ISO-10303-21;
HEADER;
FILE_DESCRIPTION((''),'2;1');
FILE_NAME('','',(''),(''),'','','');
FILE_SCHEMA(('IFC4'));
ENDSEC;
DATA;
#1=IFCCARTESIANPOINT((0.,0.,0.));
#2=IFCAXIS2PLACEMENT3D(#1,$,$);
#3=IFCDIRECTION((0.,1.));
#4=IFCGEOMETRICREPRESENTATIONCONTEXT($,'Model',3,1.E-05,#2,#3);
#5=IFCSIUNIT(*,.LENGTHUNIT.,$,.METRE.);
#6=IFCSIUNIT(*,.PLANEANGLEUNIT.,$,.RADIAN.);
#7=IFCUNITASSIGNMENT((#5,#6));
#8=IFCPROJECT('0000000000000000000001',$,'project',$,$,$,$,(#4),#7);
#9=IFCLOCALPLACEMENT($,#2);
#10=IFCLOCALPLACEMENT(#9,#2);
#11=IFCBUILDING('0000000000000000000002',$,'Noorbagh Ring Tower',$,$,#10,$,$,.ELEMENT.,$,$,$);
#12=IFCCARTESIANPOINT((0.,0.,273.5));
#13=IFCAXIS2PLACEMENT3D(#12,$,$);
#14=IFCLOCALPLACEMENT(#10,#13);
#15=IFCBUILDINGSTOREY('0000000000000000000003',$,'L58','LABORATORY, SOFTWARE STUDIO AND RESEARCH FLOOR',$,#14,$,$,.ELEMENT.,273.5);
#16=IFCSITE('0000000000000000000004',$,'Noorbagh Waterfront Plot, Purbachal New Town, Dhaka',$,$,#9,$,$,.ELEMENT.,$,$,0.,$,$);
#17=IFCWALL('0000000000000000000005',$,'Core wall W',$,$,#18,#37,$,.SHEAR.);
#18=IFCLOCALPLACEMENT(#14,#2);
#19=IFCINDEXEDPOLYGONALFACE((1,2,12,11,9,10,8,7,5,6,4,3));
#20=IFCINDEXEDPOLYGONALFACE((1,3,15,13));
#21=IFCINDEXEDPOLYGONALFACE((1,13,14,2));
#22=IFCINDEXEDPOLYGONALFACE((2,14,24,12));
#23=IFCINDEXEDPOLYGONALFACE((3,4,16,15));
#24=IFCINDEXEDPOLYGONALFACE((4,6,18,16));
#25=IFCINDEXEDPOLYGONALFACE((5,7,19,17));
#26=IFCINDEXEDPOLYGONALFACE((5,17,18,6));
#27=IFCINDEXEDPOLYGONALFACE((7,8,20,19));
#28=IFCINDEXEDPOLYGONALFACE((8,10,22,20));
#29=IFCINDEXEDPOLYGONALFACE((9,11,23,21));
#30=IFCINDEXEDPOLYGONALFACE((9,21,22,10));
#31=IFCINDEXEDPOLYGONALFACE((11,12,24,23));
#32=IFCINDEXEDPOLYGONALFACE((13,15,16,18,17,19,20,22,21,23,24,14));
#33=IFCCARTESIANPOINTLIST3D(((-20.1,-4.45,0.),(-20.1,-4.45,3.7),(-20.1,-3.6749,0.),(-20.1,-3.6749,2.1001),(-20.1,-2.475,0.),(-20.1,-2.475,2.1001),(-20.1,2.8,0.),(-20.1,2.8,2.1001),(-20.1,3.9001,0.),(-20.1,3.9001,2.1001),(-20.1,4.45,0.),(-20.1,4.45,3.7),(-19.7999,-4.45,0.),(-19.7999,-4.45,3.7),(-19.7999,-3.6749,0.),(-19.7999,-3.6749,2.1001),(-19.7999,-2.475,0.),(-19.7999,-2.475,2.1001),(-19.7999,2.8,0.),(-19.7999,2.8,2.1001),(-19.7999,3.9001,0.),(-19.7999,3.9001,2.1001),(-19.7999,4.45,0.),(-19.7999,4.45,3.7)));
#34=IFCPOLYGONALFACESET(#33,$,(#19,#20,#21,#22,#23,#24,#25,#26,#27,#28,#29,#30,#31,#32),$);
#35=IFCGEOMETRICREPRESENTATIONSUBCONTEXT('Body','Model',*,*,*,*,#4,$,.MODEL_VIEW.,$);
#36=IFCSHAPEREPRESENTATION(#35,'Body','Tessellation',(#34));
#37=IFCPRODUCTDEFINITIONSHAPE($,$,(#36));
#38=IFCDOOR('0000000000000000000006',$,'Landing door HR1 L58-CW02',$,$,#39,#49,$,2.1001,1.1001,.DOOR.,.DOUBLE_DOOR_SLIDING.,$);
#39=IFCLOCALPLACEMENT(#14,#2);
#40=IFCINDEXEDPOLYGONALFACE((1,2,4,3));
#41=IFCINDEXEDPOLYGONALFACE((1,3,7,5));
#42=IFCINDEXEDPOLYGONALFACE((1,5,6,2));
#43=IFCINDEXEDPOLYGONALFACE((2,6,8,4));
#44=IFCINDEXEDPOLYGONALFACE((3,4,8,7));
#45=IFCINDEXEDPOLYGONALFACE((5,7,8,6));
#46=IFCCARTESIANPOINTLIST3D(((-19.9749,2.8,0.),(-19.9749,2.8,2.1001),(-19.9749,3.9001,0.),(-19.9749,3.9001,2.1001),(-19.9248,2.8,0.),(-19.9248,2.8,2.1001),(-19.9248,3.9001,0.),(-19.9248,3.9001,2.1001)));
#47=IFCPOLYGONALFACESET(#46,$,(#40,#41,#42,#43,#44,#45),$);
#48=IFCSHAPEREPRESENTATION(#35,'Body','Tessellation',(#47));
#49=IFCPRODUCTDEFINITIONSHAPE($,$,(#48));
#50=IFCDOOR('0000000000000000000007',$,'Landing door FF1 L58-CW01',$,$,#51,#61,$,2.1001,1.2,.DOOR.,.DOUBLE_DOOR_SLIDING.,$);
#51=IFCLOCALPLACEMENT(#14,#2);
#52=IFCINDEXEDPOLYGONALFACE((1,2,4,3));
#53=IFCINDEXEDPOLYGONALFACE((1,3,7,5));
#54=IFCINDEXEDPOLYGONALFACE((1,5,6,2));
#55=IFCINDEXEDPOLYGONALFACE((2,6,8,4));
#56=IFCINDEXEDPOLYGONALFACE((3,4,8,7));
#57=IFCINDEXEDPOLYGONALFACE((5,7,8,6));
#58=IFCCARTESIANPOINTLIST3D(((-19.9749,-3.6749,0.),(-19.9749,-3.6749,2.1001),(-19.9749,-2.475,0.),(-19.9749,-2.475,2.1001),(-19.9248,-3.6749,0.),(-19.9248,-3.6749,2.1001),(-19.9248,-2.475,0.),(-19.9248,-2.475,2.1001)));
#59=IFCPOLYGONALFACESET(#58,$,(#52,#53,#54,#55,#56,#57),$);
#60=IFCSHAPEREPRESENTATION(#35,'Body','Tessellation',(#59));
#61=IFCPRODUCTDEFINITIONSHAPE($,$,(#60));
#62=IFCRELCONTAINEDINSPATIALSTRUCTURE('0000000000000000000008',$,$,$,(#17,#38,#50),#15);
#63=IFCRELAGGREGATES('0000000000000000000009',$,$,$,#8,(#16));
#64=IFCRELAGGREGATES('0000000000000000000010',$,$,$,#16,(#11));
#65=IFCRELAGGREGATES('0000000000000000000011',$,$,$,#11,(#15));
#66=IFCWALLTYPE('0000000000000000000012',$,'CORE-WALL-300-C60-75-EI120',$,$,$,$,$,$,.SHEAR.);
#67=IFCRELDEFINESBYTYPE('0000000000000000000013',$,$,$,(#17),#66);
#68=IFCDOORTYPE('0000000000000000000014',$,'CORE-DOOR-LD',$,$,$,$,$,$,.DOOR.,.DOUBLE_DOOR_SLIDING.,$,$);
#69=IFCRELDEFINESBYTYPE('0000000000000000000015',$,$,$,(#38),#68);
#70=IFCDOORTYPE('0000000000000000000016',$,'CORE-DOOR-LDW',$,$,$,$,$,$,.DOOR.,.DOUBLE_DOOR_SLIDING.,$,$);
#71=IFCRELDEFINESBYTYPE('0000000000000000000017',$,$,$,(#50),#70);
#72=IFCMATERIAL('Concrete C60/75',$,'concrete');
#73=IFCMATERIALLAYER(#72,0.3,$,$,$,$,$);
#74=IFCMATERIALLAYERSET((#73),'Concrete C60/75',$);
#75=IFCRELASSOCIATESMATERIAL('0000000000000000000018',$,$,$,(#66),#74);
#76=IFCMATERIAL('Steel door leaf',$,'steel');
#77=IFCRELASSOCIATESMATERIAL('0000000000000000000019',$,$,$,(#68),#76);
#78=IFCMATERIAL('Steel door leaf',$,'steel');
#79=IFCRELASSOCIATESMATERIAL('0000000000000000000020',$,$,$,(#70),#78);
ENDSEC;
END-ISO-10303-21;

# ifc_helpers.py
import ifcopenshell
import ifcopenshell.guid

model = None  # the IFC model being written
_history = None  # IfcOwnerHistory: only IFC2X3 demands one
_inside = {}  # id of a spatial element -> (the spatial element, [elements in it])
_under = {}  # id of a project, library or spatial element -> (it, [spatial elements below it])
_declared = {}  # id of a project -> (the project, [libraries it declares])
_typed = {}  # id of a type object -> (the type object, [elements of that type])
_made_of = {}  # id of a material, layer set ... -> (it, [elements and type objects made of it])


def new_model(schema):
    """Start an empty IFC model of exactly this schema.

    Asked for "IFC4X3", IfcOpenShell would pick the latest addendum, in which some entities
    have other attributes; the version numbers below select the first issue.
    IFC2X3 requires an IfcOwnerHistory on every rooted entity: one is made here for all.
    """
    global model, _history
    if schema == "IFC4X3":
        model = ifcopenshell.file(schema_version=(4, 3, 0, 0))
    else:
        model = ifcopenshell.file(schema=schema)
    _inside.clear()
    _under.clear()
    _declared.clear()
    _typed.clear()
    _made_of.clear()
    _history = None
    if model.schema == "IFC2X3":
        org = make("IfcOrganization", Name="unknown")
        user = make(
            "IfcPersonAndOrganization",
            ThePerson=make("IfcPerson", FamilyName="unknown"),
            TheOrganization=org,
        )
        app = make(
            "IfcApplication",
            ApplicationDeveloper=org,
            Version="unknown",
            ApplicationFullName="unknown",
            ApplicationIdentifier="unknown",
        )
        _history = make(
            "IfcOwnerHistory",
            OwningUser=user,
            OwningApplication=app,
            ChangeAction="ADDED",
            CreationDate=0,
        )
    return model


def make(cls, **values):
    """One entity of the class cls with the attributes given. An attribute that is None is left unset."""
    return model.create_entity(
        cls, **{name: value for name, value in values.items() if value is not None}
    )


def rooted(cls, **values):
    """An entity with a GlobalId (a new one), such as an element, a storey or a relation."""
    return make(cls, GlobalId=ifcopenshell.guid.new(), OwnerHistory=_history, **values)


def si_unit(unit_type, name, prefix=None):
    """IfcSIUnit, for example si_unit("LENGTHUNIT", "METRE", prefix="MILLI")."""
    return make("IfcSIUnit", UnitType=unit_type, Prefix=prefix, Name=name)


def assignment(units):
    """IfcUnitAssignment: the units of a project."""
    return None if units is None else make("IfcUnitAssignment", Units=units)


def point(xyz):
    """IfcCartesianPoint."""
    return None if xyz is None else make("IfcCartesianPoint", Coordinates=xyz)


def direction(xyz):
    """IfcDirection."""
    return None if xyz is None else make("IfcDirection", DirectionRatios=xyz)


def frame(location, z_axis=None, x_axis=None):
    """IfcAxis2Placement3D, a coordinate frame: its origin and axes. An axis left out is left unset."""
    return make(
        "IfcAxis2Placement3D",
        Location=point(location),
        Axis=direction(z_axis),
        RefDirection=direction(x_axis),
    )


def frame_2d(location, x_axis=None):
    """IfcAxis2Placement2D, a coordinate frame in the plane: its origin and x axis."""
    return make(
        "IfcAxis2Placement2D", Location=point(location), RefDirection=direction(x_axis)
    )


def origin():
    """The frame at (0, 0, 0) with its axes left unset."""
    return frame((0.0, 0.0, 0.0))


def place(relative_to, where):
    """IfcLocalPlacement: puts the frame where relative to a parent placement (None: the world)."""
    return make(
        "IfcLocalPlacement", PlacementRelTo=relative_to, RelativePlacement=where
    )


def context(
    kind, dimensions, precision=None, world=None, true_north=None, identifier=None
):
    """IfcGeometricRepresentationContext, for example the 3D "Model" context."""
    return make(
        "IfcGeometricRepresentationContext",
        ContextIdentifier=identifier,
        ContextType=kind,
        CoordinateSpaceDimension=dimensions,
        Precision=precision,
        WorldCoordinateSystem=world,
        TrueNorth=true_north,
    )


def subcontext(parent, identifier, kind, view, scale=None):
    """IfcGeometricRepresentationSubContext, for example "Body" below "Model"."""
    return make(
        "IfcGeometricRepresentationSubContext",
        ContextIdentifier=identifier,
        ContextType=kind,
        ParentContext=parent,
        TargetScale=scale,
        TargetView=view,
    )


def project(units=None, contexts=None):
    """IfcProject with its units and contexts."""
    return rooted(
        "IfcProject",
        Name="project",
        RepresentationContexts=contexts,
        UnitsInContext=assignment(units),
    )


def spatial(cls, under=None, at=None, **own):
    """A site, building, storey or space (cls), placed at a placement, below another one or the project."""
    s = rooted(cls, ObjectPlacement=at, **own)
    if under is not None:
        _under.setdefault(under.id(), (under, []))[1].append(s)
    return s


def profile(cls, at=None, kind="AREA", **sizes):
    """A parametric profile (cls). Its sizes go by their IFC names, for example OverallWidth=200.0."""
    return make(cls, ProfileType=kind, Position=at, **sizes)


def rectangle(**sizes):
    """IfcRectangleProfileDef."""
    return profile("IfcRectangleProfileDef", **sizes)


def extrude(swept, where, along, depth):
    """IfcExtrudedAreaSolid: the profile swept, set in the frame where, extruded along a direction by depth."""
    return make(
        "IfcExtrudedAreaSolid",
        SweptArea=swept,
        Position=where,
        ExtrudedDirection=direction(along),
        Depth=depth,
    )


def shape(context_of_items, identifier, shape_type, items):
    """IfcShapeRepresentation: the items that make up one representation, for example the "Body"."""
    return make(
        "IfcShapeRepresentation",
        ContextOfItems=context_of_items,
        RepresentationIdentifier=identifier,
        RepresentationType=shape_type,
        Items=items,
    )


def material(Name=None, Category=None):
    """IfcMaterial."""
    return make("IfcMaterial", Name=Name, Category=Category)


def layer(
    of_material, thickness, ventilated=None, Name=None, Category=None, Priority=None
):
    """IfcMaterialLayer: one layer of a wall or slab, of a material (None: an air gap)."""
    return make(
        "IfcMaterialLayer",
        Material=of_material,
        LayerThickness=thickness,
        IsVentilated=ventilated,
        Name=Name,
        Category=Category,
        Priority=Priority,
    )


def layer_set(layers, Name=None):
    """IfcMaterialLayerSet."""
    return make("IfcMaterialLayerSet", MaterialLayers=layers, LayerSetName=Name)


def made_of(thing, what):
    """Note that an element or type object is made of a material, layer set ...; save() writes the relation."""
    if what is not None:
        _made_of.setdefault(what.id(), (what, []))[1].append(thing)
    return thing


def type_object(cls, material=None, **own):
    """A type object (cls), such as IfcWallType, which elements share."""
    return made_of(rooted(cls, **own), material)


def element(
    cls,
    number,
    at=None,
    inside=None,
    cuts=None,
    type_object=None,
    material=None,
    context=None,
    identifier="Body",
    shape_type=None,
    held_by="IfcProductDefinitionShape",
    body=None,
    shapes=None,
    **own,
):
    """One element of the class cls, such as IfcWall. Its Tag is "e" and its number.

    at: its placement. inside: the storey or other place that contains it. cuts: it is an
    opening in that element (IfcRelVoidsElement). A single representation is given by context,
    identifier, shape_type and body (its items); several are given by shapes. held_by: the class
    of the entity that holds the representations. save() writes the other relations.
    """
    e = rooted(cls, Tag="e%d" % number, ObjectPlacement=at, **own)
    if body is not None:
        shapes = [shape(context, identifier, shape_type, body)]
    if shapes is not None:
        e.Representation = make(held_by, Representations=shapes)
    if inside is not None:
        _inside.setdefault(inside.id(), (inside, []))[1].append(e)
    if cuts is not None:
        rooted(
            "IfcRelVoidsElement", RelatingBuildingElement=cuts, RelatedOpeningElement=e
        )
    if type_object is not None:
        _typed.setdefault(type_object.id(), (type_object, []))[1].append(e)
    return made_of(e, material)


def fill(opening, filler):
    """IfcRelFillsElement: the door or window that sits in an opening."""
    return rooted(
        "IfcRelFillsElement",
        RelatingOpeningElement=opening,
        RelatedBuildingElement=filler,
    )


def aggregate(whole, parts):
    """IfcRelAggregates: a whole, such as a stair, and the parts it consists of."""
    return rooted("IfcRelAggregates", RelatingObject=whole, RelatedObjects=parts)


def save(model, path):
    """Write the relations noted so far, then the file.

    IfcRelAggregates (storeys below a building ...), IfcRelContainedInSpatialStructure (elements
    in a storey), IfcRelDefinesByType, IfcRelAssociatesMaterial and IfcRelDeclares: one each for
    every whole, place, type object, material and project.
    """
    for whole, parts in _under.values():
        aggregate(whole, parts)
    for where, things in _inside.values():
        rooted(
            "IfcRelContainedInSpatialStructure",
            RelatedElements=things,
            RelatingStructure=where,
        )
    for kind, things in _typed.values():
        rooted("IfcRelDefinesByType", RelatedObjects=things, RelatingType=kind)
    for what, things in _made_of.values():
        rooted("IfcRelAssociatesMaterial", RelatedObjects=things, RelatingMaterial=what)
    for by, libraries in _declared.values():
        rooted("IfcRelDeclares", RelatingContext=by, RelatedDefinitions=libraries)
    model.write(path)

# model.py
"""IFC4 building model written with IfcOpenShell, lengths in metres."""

from ifc_helpers import new_model, si_unit, direction, frame, frame_2d, origin, place, context, subcontext, project, spatial, rectangle, extrude, material, layer, layer_set, type_object, element, fill, save


model = new_model("IFC4")

# Units and contexts
model_context = context("Model", 3, precision=1e-05, world=origin(), true_north=direction((0.0, 1.0)))
body_context = subcontext(model_context, "Body", "Model", "MODEL_VIEW")
ifc_project = project(units=[si_unit("LENGTHUNIT", "METRE"), si_unit("PLANEANGLEUNIT", "RADIAN")], contexts=[model_context])

# Site, building, storey
site_placement = place(None, origin())
site = spatial("IfcSite", under=ifc_project, at=site_placement, Name="Noorbagh Waterfront Plot, Purbachal New Town, Dhaka", CompositionType="ELEMENT", RefElevation=0.0)
building_placement = place(site_placement, origin())
building = spatial("IfcBuilding", under=site, at=building_placement, Name="Noorbagh Ring Tower", CompositionType="ELEMENT")
storey_placement = place(building_placement, frame((0.0, 0.0, 273.5)))
storey = spatial("IfcBuildingStorey", under=building, at=storey_placement, Name="L58", Description="LABORATORY, SOFTWARE STUDIO AND RESEARCH FLOOR", CompositionType="ELEMENT", Elevation=273.5)

# Wall, openings, doors
ifc_material_1 = material(Name="Concrete C60/75", Category="concrete")
ifc_layer_1 = layer(ifc_material_1, 0.3)
ifc_layer_set_1 = layer_set([ifc_layer_1], Name="Concrete C60/75")
wall_type_1 = type_object("IfcWallType", Name="CORE-WALL-300-C60-75-EI120", PredefinedType="SHEAR", material=ifc_layer_set_1)
wall_1_placement = place(storey_placement, frame((-19.95, -4.45, 0.0), z_axis=(0.0, 0.0, 1.0), x_axis=(0.0, 1.0, 0.0)))
wall_1 = element("IfcWall", 1, at=wall_1_placement, inside=storey, type_object=wall_type_1, Name="Core wall W", PredefinedType="SHEAR", context=body_context, shape_type="SweptSolid", body=[
    extrude(rectangle(XDim=8.8999, YDim=0.3, at=frame_2d((4.45, 0.0))), origin(), (0.0, 0.0, 1.0), 3.7),
])
opening_1_placement = place(wall_1_placement, frame((0.7749, 0.0, 0.0)))
opening_1 = element("IfcOpeningElement", 2, at=opening_1_placement, cuts=wall_1, PredefinedType="OPENING", context=body_context, shape_type="SweptSolid", body=[
    extrude(rectangle(XDim=1.2, YDim=2.1001, at=frame_2d((0.6001, 1.05))), frame((0.0, 0.1602, 0.0), z_axis=(0.0, -1.0, 0.0), x_axis=(1.0, 0.0, 0.0)), (0.0, 0.0, 1.0), 0.3201),
])
opening_2_placement = place(wall_1_placement, frame((7.25, 0.0, 0.0)))
opening_2 = element("IfcOpeningElement", 3, at=opening_2_placement, cuts=wall_1, PredefinedType="OPENING", context=body_context, shape_type="SweptSolid", body=[
    extrude(rectangle(XDim=1.1001, YDim=2.1001, at=frame_2d((0.55, 1.05))), frame((0.0, 0.1602, 0.0), z_axis=(0.0, -1.0, 0.0), x_axis=(1.0, 0.0, 0.0)), (0.0, 0.0, 1.0), 0.3201),
])
ifc_material_2 = material(Name="Steel door leaf", Category="steel")
door_type_1 = type_object("IfcDoorType", Name="CORE-DOOR-LD", OperationType="DOUBLE_DOOR_SLIDING", PredefinedType="DOOR", material=ifc_material_2)
door_1_placement = place(opening_2_placement, origin())
door_1 = element("IfcDoor", 4, at=door_1_placement, inside=storey, type_object=door_type_1, Name="Landing door HR1 L58-CW02", OperationType="DOUBLE_DOOR_SLIDING", OverallHeight=2.1001, OverallWidth=1.1001, PredefinedType="DOOR", context=body_context, shape_type="SweptSolid", body=[
    extrude(rectangle(XDim=1.1001, YDim=2.1001, at=frame_2d((0.55, 1.05))), frame((0.0, 0.0249, 0.0), z_axis=(0.0, -1.0, 0.0), x_axis=(1.0, 0.0, 0.0)), (0.0, 0.0, 1.0), 0.05),
])
fill(opening_2, door_1)
ifc_material_3 = material(Name="Steel door leaf", Category="steel")
door_type_2 = type_object("IfcDoorType", Name="CORE-DOOR-LDW", OperationType="DOUBLE_DOOR_SLIDING", PredefinedType="DOOR", material=ifc_material_3)
door_2_placement = place(opening_1_placement, origin())
door_2 = element("IfcDoor", 5, at=door_2_placement, inside=storey, type_object=door_type_2, Name="Landing door FF1 L58-CW01", OperationType="DOUBLE_DOOR_SLIDING", OverallHeight=2.1001, OverallWidth=1.2, PredefinedType="DOOR", context=body_context, shape_type="SweptSolid", body=[
    extrude(rectangle(XDim=1.2, YDim=2.1001, at=frame_2d((0.6001, 1.05))), frame((0.0, 0.0249, 0.0), z_axis=(0.0, -1.0, 0.0), x_axis=(1.0, 0.0, 0.0)), (0.0, 0.0, 1.0), 0.05),
])
fill(opening_1, door_2)

save(model, "model.ifc")
